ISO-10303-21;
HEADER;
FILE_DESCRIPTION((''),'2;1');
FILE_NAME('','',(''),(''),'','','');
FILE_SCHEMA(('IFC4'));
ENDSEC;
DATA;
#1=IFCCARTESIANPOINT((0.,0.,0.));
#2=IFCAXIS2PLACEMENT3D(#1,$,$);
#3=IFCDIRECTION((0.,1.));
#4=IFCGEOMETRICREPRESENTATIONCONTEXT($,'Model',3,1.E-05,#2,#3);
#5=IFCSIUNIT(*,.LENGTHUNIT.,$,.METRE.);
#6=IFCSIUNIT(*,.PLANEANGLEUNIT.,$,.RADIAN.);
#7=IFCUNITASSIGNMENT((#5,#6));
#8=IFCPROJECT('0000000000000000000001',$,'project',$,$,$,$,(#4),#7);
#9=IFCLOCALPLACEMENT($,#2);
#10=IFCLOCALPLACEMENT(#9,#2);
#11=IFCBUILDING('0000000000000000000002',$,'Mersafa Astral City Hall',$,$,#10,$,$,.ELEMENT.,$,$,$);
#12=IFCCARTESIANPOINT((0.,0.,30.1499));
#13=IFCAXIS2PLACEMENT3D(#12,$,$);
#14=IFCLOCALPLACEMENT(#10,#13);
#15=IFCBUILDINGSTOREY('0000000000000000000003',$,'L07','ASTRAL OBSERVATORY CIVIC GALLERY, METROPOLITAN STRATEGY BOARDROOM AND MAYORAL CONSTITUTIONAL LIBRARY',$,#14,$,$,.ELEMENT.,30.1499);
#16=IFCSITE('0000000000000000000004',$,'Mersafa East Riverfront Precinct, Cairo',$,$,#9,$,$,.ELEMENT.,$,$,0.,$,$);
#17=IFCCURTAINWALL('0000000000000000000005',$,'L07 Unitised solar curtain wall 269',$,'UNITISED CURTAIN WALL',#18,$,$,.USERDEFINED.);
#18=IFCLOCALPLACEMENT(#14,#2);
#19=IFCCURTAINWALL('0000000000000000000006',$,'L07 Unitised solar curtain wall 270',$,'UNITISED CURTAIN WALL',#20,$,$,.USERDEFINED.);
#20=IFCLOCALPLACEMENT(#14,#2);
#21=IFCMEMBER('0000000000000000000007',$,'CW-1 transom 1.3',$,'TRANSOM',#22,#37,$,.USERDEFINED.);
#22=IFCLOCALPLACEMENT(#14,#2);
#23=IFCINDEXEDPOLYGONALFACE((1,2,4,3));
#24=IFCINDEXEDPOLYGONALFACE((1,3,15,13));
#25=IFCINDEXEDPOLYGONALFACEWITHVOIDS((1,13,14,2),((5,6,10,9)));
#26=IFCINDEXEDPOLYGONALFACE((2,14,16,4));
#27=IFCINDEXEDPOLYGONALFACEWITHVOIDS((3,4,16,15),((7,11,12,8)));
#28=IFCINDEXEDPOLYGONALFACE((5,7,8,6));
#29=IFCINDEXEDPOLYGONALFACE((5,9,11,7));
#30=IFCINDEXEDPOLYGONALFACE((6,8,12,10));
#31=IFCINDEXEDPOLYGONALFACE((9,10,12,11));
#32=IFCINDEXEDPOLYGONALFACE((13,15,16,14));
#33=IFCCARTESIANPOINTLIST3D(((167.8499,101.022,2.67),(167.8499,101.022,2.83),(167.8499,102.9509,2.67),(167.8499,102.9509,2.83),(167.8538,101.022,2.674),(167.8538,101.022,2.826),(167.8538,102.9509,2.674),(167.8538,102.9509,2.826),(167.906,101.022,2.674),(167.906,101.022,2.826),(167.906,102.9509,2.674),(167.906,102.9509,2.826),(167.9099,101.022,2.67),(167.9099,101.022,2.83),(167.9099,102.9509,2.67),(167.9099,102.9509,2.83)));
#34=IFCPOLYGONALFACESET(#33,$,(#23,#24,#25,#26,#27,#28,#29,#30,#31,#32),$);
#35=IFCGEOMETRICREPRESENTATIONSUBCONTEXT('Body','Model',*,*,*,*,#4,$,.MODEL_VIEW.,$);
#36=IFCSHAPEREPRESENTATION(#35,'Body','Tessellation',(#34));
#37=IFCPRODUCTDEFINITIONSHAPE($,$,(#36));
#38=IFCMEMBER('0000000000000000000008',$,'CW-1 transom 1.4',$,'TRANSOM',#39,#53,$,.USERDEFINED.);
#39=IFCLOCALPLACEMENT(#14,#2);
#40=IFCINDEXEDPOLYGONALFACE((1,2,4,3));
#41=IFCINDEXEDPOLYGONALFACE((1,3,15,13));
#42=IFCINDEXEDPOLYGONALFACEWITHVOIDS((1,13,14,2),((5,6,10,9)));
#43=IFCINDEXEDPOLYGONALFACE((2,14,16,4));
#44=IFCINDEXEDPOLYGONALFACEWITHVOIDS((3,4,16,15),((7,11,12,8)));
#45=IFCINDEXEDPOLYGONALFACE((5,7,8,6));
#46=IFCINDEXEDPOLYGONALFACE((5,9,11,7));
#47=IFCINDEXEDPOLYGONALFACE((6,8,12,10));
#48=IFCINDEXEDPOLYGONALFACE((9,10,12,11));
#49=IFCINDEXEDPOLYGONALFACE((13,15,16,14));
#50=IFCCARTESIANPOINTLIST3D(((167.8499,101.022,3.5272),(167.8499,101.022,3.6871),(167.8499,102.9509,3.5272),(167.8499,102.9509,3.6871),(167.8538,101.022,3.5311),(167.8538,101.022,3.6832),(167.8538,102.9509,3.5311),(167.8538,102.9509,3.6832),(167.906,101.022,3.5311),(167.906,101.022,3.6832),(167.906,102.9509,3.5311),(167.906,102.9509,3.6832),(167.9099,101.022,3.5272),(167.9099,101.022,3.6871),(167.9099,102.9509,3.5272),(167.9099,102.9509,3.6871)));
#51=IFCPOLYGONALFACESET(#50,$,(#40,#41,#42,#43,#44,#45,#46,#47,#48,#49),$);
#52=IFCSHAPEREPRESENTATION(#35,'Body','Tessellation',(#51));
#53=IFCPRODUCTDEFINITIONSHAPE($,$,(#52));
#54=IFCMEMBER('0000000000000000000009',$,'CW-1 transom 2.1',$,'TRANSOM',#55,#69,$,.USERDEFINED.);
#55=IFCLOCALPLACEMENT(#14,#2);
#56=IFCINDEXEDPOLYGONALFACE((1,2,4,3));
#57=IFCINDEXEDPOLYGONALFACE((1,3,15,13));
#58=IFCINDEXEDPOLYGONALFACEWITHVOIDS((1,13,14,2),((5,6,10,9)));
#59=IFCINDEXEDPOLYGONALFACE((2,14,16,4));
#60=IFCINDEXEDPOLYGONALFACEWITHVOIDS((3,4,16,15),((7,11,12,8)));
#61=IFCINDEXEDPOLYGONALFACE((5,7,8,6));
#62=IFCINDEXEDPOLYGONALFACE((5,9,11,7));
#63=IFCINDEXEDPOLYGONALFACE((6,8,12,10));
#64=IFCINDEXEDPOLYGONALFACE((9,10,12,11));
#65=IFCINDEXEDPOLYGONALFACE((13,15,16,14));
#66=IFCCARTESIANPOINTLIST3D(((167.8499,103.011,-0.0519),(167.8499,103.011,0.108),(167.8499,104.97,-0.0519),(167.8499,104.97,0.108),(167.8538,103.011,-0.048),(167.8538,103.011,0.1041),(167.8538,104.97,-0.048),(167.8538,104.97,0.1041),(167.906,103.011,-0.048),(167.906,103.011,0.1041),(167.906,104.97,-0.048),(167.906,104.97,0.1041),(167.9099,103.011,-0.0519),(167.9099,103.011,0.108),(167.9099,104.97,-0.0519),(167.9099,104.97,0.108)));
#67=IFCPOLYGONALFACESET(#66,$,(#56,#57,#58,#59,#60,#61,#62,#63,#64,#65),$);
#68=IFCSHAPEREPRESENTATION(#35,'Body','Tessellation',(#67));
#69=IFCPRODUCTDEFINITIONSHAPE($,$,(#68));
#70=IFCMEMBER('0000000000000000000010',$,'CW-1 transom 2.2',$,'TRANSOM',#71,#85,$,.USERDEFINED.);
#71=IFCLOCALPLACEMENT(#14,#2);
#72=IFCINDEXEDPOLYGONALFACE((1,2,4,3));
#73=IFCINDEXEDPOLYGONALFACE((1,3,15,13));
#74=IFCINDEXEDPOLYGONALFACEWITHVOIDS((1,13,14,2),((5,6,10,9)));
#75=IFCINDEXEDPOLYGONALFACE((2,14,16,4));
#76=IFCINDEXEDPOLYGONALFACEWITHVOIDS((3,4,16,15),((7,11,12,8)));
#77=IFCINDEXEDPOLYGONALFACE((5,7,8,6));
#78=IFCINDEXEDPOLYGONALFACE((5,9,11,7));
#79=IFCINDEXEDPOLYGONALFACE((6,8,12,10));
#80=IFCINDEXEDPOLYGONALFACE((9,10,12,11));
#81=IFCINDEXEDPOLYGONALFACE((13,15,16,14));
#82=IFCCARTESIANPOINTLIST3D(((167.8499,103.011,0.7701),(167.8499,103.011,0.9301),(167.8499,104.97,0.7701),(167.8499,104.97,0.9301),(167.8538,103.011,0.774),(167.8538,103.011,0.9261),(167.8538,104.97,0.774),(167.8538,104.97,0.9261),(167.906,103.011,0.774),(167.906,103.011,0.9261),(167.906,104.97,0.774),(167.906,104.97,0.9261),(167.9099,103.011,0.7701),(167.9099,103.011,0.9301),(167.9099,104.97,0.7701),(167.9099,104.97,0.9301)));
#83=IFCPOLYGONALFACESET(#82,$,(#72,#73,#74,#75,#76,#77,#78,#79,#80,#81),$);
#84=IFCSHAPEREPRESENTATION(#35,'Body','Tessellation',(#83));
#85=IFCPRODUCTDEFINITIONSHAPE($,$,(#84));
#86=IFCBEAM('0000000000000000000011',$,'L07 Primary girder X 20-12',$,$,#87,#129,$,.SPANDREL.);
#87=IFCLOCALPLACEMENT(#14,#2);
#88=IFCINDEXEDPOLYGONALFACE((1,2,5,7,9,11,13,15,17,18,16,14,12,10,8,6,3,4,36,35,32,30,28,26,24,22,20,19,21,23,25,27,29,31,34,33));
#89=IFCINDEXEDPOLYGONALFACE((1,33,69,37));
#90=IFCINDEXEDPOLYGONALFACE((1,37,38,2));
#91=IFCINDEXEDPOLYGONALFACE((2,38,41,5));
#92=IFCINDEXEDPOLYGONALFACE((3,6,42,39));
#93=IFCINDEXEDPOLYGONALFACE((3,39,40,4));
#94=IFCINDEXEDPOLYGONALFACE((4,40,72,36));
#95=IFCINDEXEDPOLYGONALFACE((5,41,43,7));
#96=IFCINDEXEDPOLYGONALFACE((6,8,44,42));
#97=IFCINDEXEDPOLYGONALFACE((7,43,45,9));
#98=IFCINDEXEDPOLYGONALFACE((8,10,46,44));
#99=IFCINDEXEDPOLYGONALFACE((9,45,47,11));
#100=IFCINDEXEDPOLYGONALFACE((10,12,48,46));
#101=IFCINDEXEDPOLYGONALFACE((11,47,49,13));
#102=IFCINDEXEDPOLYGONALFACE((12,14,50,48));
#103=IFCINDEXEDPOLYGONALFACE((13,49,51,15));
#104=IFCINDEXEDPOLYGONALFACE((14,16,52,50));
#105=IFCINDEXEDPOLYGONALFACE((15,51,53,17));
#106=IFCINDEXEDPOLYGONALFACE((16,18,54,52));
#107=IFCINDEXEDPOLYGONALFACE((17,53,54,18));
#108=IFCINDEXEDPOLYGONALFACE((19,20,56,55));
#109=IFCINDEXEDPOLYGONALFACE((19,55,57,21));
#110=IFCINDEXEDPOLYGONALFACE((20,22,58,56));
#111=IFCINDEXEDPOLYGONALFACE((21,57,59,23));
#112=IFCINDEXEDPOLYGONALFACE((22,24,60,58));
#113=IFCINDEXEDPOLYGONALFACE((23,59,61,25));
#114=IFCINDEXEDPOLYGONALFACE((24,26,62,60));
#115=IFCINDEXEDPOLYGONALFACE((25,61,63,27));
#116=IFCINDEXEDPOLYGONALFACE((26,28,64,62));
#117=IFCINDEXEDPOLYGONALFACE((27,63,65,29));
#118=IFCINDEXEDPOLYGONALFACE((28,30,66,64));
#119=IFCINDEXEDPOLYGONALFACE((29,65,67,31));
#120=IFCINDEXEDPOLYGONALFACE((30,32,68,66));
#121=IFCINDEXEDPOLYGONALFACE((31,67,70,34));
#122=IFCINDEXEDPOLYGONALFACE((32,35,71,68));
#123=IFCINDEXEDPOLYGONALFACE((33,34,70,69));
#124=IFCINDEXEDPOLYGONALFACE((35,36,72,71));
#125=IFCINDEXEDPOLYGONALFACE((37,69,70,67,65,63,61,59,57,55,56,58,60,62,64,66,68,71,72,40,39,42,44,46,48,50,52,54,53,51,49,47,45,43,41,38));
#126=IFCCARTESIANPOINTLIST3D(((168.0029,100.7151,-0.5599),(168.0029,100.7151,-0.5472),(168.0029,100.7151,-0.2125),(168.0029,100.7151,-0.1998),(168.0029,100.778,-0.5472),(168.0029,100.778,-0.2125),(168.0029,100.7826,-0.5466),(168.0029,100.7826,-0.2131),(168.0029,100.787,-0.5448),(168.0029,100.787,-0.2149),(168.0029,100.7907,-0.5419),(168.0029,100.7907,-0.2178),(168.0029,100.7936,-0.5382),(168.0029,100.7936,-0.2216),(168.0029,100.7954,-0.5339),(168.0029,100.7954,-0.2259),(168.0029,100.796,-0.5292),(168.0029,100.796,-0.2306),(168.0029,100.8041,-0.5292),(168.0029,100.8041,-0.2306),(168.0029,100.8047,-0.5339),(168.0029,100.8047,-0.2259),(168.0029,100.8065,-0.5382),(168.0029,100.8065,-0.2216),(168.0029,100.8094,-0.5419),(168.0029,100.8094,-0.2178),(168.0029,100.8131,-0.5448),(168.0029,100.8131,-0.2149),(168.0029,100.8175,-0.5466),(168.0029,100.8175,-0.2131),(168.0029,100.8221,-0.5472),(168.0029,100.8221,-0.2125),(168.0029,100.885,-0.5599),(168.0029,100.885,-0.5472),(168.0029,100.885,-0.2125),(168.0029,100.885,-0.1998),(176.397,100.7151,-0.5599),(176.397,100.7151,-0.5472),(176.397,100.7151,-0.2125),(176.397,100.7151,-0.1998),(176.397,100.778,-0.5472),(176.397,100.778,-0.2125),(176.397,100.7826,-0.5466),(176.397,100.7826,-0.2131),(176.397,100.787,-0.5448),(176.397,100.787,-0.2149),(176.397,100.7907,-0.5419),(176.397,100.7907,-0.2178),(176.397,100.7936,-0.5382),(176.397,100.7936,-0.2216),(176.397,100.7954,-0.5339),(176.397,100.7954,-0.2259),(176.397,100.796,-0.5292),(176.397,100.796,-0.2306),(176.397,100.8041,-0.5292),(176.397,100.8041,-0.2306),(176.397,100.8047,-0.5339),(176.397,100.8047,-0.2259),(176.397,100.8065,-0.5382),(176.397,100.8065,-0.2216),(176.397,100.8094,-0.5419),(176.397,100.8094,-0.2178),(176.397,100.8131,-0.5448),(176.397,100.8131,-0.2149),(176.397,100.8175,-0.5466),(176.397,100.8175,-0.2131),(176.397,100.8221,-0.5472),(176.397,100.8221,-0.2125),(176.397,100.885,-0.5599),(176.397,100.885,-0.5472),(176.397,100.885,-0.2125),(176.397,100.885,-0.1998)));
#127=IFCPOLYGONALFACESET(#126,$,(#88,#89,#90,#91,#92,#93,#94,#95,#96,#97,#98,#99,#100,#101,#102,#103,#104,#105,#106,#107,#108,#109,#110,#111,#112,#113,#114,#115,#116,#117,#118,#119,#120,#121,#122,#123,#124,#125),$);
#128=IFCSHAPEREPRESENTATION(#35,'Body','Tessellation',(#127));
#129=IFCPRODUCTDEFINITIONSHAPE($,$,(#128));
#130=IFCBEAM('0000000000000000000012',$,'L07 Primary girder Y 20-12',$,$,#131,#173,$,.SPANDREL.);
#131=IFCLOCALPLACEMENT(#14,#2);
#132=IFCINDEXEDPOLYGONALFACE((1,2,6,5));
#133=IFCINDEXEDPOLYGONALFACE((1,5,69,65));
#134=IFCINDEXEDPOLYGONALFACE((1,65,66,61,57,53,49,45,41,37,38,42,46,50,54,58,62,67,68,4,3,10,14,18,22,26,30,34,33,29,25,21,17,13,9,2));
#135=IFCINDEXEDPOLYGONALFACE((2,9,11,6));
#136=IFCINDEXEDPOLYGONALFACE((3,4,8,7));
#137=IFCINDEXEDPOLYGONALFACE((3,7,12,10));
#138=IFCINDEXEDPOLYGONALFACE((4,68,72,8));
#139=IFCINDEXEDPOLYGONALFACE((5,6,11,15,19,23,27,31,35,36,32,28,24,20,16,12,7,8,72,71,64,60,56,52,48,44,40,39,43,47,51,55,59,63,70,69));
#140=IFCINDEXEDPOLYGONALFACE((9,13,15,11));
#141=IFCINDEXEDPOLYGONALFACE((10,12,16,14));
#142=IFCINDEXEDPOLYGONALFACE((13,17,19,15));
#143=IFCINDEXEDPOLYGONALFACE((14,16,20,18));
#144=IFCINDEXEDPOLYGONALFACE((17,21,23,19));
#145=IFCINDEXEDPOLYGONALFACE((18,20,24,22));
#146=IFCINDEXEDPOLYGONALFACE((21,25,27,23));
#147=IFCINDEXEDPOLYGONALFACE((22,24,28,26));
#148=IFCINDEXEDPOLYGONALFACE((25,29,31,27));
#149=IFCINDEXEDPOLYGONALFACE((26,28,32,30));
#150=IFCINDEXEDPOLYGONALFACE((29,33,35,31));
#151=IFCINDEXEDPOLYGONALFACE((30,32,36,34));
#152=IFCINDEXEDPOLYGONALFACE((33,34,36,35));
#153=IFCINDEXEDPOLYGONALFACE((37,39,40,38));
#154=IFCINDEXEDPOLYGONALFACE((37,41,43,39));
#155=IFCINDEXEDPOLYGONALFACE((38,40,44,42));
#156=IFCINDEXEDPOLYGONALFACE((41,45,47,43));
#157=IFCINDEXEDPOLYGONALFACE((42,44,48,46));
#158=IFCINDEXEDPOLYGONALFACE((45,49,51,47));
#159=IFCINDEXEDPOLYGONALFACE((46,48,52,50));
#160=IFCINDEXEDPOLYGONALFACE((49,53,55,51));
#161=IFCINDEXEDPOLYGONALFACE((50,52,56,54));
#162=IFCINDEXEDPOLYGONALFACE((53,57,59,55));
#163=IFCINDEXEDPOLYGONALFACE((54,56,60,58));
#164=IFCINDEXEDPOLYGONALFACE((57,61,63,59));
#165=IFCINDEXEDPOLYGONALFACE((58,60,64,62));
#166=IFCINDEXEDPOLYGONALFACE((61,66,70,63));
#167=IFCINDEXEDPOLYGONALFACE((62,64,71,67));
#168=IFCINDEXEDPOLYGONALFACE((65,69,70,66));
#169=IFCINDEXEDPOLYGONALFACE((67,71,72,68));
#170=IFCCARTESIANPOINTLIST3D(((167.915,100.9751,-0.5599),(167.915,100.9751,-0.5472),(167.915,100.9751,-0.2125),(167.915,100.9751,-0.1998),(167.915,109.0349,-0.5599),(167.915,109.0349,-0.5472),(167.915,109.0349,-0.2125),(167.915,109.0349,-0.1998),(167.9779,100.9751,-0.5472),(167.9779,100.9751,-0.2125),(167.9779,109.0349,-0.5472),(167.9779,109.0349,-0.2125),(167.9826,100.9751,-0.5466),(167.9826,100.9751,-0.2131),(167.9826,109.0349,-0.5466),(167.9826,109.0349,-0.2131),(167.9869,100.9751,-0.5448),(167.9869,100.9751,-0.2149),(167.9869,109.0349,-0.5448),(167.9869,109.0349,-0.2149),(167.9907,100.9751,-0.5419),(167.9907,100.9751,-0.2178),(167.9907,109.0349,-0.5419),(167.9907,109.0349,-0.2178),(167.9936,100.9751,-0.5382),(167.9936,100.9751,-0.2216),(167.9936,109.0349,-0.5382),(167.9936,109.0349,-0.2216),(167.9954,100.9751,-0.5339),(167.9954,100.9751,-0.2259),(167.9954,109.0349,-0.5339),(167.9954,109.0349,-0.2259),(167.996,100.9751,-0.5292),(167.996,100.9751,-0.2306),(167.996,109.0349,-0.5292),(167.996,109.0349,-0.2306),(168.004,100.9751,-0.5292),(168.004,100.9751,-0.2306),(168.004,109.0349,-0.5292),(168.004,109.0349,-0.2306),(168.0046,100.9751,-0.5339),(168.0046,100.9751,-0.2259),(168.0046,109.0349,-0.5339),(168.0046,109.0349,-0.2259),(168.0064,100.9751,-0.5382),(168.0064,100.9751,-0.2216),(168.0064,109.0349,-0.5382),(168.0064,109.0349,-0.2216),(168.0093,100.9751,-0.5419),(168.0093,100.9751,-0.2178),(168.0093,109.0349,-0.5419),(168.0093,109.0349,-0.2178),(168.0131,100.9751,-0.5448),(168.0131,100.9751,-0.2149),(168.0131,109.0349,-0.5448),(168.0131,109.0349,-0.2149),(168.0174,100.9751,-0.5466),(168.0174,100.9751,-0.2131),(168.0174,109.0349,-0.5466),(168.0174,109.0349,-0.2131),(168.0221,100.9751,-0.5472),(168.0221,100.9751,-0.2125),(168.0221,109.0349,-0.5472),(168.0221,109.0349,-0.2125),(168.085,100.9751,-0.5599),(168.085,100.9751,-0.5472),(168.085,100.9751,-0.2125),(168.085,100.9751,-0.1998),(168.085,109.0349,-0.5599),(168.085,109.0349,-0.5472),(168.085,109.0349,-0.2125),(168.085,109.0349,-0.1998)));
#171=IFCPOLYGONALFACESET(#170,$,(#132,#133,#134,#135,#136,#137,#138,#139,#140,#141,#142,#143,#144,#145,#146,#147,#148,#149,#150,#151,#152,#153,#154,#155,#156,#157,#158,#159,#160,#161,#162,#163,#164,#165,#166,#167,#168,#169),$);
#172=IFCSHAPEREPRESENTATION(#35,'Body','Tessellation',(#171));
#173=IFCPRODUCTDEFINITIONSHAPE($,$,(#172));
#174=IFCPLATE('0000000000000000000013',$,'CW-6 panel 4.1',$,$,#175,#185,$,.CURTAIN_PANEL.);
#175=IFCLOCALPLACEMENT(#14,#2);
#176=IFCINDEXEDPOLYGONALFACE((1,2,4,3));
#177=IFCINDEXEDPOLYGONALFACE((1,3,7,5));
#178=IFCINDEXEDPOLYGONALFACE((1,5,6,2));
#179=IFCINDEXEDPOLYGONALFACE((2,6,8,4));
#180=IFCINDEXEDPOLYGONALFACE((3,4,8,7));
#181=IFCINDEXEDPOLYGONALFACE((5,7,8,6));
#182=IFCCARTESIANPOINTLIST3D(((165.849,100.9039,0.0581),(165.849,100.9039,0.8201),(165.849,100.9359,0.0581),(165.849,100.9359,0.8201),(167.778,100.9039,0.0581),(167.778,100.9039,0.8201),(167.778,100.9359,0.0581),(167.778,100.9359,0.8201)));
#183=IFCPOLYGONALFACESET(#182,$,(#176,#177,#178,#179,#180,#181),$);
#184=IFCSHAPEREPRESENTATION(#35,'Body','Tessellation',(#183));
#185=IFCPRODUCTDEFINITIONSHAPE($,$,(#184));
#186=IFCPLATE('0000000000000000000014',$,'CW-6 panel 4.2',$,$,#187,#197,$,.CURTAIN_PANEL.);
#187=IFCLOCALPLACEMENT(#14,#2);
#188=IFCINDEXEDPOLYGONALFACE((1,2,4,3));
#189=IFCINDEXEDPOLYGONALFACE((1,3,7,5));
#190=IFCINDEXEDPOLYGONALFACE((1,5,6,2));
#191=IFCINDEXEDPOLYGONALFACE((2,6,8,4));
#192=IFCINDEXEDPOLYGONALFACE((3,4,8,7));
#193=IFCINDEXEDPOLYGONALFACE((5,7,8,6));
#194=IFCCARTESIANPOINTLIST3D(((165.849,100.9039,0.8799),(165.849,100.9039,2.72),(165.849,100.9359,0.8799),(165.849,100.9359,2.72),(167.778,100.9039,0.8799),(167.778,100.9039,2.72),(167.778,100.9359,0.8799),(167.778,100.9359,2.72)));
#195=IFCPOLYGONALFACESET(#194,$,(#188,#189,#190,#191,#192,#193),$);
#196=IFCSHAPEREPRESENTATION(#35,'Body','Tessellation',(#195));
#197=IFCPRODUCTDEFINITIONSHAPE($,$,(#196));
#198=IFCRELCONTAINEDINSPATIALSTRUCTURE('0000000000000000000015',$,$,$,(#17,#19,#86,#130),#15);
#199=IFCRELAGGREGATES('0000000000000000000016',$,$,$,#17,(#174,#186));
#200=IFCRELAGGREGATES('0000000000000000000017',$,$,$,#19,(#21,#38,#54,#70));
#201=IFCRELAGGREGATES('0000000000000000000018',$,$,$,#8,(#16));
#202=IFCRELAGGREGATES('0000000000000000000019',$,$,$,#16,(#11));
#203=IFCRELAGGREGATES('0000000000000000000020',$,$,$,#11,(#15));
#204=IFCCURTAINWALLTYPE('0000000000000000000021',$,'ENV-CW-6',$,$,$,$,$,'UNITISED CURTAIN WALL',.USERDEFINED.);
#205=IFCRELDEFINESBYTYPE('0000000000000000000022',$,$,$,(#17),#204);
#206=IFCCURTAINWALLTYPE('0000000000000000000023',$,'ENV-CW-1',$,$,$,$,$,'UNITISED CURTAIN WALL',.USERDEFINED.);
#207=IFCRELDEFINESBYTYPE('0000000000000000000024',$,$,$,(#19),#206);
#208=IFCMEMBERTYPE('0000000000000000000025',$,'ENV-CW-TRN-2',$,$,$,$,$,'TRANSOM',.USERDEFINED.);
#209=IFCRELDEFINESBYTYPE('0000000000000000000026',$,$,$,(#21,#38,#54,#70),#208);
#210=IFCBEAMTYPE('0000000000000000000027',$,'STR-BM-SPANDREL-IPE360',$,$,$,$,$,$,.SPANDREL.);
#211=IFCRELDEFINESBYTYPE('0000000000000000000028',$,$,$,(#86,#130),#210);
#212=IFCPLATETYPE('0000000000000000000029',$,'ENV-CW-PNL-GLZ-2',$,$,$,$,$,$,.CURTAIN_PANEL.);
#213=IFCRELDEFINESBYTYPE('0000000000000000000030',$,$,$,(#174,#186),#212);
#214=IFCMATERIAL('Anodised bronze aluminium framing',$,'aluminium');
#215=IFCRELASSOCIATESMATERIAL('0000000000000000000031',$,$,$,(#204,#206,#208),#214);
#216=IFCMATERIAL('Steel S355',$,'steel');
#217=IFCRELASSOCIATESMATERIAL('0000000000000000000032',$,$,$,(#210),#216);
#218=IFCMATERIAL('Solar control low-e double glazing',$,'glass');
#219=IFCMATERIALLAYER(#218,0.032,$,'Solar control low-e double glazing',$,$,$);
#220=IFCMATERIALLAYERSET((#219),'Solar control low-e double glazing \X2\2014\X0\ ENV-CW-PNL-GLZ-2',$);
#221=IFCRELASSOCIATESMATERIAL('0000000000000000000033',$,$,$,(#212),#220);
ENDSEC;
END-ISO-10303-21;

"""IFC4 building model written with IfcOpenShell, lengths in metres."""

from ifc_helpers import new_model, si_unit, direction, frame, origin, origin_2d, place, context, subcontext, project, spatial, rectangle, hollow_rectangle, i_section, extrude, material, layer, layer_set, material_profile, profile_set, type_object, element, aggregate, save


model = new_model("IFC4")

# Units and contexts
model_context = context("Model", 3, precision=1e-05, world=origin(), true_north=direction((0.0, 1.0)))
body_context = subcontext(model_context, "Body", "Model", "MODEL_VIEW")
ifc_project = project(units=[si_unit("LENGTHUNIT", "METRE"), si_unit("PLANEANGLEUNIT", "RADIAN")], contexts=[model_context])

# Site, building, storey
site_placement = place(None, origin())
site = spatial("IfcSite", under=ifc_project, at=site_placement, Name="Mersafa East Riverfront Precinct, Cairo", CompositionType="ELEMENT", RefElevation=0.0)
building_placement = place(site_placement, origin())
building = spatial("IfcBuilding", under=site, at=building_placement, Name="Mersafa Astral City Hall", CompositionType="ELEMENT")
storey_placement = place(building_placement, frame((0.0, 0.0, 30.1499)))
storey = spatial("IfcBuildingStorey", under=building, at=storey_placement, Name="L07", Description="ASTRAL OBSERVATORY CIVIC GALLERY, METROPOLITAN STRATEGY BOARDROOM AND MAYORAL CONSTITUTIONAL LIBRARY", CompositionType="ELEMENT", Elevation=30.1499)

# Shared definitions
ifc_material_1 = material(Name="Steel S355", Category="steel")

# Curtain wall
ifc_material_2 = material(Name="Anodised bronze aluminium framing", Category="aluminium")
curtain_wall_type_1 = type_object("IfcCurtainWallType", Name="ENV-CW-6", ElementType="UNITISED CURTAIN WALL", PredefinedType="USERDEFINED", material=ifc_material_2)
curtain_wall_1_placement = place(storey_placement, origin())
curtain_wall_1 = element("IfcCurtainWall", 1, at=curtain_wall_1_placement, inside=storey, type_object=curtain_wall_type_1, Name="L07 Unitised solar curtain wall 269", ObjectType="UNITISED CURTAIN WALL", PredefinedType="USERDEFINED")

# Curtain wall
curtain_wall_type_2 = type_object("IfcCurtainWallType", Name="ENV-CW-1", ElementType="UNITISED CURTAIN WALL", PredefinedType="USERDEFINED", material=ifc_material_2)
curtain_wall_2_placement = place(storey_placement, origin())
curtain_wall_2 = element("IfcCurtainWall", 2, at=curtain_wall_2_placement, inside=storey, type_object=curtain_wall_type_2, Name="L07 Unitised solar curtain wall 270", ObjectType="UNITISED CURTAIN WALL", PredefinedType="USERDEFINED")

# Members
ifc_material_profile_1 = material_profile(ifc_material_2, hollow_rectangle(XDim=0.0601, YDim=0.1599, WallThickness=0.0039, at=origin_2d()), Name="RHS 60x160x4")
ifc_profile_set_1 = profile_set([ifc_material_profile_1], Name="Anodised bronze aluminium framing")
member_type_1 = type_object("IfcMemberType", Name="ENV-CW-TRN-2", ElementType="TRANSOM", PredefinedType="USERDEFINED", material=ifc_profile_set_1)
member_1_placement = place(storey_placement, frame((167.8799, 101.022, 2.75), z_axis=(0.0, 1.0, 0.0), x_axis=(-1.0, 0.0, 0.0)))
member_1 = element("IfcMember", 3, at=member_1_placement, type_object=member_type_1, Name="CW-1 transom 1.3", ObjectType="TRANSOM", PredefinedType="USERDEFINED", context=body_context, shape_type="SweptSolid", body=[
    extrude(hollow_rectangle(XDim=0.0601, YDim=0.1599, WallThickness=0.0039, at=origin_2d()), origin(), (0.0, 0.0, 1.0), 1.929),
])
member_2_placement = place(storey_placement, frame((167.8799, 101.022, 3.6072), z_axis=(0.0, 1.0, 0.0), x_axis=(-1.0, 0.0, 0.0)))
member_2 = element("IfcMember", 4, at=member_2_placement, type_object=member_type_1, Name="CW-1 transom 1.4", ObjectType="TRANSOM", PredefinedType="USERDEFINED", context=body_context, shape_type="SweptSolid", body=[
    extrude(hollow_rectangle(XDim=0.0601, YDim=0.1599, WallThickness=0.0039, at=origin_2d()), origin(), (0.0, 0.0, 1.0), 1.929),
])
member_3_placement = place(storey_placement, frame((167.8799, 103.011, 0.0281), z_axis=(0.0, 1.0, 0.0), x_axis=(-1.0, 0.0, 0.0)))
member_3 = element("IfcMember", 5, at=member_3_placement, type_object=member_type_1, Name="CW-1 transom 2.1", ObjectType="TRANSOM", PredefinedType="USERDEFINED", context=body_context, shape_type="SweptSolid", body=[
    extrude(hollow_rectangle(XDim=0.0601, YDim=0.1599, WallThickness=0.0039, at=origin_2d()), origin(), (0.0, 0.0, 1.0), 1.959),
])
member_4_placement = place(storey_placement, frame((167.8799, 103.011, 0.8501), z_axis=(0.0, 1.0, 0.0), x_axis=(-1.0, 0.0, 0.0)))
member_4 = element("IfcMember", 6, at=member_4_placement, type_object=member_type_1, Name="CW-1 transom 2.2", ObjectType="TRANSOM", PredefinedType="USERDEFINED", context=body_context, shape_type="SweptSolid", body=[
    extrude(hollow_rectangle(XDim=0.0601, YDim=0.1599, WallThickness=0.0039, at=origin_2d()), origin(), (0.0, 0.0, 1.0), 1.959),
])

# Beams
ifc_material_profile_2 = material_profile(ifc_material_1, i_section(OverallWidth=0.1699, OverallDepth=0.3601, WebThickness=0.0081, FlangeThickness=0.0127, FilletRadius=0.0181, at=origin_2d()), Name="IPE 360")
ifc_profile_set_2 = profile_set([ifc_material_profile_2], Name="Steel S355")
beam_type = type_object("IfcBeamType", Name="STR-BM-SPANDREL-IPE360", PredefinedType="SPANDREL", material=ifc_profile_set_2)
beam_1_placement = place(storey_placement, frame((168.0029, 100.8, -0.3799), z_axis=(1.0, 0.0, 0.0), x_axis=(0.0, 1.0, 0.0)))
element("IfcBeam", 7, at=beam_1_placement, inside=storey, type_object=beam_type, Name="L07 Primary girder X 20-12", PredefinedType="SPANDREL", context=body_context, shape_type="SweptSolid", body=[
    extrude(i_section(OverallWidth=0.1699, OverallDepth=0.3601, WebThickness=0.0081, FlangeThickness=0.0127, FilletRadius=0.0181, at=origin_2d()), origin(), (0.0, 0.0, 1.0), 8.394),
])
beam_2_placement = place(storey_placement, frame((168.0, 100.9751, -0.3799), z_axis=(0.0, 1.0, 0.0), x_axis=(-1.0, 0.0, 0.0)))
element("IfcBeam", 8, at=beam_2_placement, inside=storey, type_object=beam_type, Name="L07 Primary girder Y 20-12", PredefinedType="SPANDREL", context=body_context, shape_type="SweptSolid", body=[
    extrude(i_section(OverallWidth=0.1699, OverallDepth=0.3601, WebThickness=0.0081, FlangeThickness=0.0127, FilletRadius=0.0181, at=origin_2d()), origin(), (0.0, 0.0, 1.0), 8.0598),
])

# Plates
ifc_material_3 = material(Name="Solar control low-e double glazing", Category="glass")
ifc_layer_1 = layer(ifc_material_3, 0.032, Name="Solar control low-e double glazing")
ifc_layer_set_1 = layer_set([ifc_layer_1], Name="Solar control low-e double glazing — ENV-CW-PNL-GLZ-2")
plate_type_1 = type_object("IfcPlateType", Name="ENV-CW-PNL-GLZ-2", PredefinedType="CURTAIN_PANEL", material=ifc_layer_set_1)
plate_1_placement = place(storey_placement, frame((166.8135, 100.9199, 0.0581), z_axis=(0.0, 0.0, 1.0), x_axis=(1.0, 0.0, 0.0)))
plate_1 = element("IfcPlate", 9, at=plate_1_placement, type_object=plate_type_1, Name="CW-6 panel 4.1", PredefinedType="CURTAIN_PANEL", context=body_context, shape_type="SweptSolid", body=[
    extrude(rectangle(XDim=1.929, YDim=0.032, at=origin_2d()), origin(), (0.0, 0.0, 1.0), 0.762),
])
plate_2_placement = place(storey_placement, frame((166.8135, 100.9199, 0.8799), z_axis=(0.0, 0.0, 1.0), x_axis=(1.0, 0.0, 0.0)))
plate_2 = element("IfcPlate", 10, at=plate_2_placement, type_object=plate_type_1, Name="CW-6 panel 4.2", PredefinedType="CURTAIN_PANEL", context=body_context, shape_type="SweptSolid", body=[
    extrude(rectangle(XDim=1.929, YDim=0.032, at=origin_2d()), origin(), (0.0, 0.0, 1.0), 1.8401),
])
aggregate(curtain_wall_1, [plate_1, plate_2])
aggregate(curtain_wall_2, [member_1, member_2, member_3, member_4])

save(model, "model.ifc")
